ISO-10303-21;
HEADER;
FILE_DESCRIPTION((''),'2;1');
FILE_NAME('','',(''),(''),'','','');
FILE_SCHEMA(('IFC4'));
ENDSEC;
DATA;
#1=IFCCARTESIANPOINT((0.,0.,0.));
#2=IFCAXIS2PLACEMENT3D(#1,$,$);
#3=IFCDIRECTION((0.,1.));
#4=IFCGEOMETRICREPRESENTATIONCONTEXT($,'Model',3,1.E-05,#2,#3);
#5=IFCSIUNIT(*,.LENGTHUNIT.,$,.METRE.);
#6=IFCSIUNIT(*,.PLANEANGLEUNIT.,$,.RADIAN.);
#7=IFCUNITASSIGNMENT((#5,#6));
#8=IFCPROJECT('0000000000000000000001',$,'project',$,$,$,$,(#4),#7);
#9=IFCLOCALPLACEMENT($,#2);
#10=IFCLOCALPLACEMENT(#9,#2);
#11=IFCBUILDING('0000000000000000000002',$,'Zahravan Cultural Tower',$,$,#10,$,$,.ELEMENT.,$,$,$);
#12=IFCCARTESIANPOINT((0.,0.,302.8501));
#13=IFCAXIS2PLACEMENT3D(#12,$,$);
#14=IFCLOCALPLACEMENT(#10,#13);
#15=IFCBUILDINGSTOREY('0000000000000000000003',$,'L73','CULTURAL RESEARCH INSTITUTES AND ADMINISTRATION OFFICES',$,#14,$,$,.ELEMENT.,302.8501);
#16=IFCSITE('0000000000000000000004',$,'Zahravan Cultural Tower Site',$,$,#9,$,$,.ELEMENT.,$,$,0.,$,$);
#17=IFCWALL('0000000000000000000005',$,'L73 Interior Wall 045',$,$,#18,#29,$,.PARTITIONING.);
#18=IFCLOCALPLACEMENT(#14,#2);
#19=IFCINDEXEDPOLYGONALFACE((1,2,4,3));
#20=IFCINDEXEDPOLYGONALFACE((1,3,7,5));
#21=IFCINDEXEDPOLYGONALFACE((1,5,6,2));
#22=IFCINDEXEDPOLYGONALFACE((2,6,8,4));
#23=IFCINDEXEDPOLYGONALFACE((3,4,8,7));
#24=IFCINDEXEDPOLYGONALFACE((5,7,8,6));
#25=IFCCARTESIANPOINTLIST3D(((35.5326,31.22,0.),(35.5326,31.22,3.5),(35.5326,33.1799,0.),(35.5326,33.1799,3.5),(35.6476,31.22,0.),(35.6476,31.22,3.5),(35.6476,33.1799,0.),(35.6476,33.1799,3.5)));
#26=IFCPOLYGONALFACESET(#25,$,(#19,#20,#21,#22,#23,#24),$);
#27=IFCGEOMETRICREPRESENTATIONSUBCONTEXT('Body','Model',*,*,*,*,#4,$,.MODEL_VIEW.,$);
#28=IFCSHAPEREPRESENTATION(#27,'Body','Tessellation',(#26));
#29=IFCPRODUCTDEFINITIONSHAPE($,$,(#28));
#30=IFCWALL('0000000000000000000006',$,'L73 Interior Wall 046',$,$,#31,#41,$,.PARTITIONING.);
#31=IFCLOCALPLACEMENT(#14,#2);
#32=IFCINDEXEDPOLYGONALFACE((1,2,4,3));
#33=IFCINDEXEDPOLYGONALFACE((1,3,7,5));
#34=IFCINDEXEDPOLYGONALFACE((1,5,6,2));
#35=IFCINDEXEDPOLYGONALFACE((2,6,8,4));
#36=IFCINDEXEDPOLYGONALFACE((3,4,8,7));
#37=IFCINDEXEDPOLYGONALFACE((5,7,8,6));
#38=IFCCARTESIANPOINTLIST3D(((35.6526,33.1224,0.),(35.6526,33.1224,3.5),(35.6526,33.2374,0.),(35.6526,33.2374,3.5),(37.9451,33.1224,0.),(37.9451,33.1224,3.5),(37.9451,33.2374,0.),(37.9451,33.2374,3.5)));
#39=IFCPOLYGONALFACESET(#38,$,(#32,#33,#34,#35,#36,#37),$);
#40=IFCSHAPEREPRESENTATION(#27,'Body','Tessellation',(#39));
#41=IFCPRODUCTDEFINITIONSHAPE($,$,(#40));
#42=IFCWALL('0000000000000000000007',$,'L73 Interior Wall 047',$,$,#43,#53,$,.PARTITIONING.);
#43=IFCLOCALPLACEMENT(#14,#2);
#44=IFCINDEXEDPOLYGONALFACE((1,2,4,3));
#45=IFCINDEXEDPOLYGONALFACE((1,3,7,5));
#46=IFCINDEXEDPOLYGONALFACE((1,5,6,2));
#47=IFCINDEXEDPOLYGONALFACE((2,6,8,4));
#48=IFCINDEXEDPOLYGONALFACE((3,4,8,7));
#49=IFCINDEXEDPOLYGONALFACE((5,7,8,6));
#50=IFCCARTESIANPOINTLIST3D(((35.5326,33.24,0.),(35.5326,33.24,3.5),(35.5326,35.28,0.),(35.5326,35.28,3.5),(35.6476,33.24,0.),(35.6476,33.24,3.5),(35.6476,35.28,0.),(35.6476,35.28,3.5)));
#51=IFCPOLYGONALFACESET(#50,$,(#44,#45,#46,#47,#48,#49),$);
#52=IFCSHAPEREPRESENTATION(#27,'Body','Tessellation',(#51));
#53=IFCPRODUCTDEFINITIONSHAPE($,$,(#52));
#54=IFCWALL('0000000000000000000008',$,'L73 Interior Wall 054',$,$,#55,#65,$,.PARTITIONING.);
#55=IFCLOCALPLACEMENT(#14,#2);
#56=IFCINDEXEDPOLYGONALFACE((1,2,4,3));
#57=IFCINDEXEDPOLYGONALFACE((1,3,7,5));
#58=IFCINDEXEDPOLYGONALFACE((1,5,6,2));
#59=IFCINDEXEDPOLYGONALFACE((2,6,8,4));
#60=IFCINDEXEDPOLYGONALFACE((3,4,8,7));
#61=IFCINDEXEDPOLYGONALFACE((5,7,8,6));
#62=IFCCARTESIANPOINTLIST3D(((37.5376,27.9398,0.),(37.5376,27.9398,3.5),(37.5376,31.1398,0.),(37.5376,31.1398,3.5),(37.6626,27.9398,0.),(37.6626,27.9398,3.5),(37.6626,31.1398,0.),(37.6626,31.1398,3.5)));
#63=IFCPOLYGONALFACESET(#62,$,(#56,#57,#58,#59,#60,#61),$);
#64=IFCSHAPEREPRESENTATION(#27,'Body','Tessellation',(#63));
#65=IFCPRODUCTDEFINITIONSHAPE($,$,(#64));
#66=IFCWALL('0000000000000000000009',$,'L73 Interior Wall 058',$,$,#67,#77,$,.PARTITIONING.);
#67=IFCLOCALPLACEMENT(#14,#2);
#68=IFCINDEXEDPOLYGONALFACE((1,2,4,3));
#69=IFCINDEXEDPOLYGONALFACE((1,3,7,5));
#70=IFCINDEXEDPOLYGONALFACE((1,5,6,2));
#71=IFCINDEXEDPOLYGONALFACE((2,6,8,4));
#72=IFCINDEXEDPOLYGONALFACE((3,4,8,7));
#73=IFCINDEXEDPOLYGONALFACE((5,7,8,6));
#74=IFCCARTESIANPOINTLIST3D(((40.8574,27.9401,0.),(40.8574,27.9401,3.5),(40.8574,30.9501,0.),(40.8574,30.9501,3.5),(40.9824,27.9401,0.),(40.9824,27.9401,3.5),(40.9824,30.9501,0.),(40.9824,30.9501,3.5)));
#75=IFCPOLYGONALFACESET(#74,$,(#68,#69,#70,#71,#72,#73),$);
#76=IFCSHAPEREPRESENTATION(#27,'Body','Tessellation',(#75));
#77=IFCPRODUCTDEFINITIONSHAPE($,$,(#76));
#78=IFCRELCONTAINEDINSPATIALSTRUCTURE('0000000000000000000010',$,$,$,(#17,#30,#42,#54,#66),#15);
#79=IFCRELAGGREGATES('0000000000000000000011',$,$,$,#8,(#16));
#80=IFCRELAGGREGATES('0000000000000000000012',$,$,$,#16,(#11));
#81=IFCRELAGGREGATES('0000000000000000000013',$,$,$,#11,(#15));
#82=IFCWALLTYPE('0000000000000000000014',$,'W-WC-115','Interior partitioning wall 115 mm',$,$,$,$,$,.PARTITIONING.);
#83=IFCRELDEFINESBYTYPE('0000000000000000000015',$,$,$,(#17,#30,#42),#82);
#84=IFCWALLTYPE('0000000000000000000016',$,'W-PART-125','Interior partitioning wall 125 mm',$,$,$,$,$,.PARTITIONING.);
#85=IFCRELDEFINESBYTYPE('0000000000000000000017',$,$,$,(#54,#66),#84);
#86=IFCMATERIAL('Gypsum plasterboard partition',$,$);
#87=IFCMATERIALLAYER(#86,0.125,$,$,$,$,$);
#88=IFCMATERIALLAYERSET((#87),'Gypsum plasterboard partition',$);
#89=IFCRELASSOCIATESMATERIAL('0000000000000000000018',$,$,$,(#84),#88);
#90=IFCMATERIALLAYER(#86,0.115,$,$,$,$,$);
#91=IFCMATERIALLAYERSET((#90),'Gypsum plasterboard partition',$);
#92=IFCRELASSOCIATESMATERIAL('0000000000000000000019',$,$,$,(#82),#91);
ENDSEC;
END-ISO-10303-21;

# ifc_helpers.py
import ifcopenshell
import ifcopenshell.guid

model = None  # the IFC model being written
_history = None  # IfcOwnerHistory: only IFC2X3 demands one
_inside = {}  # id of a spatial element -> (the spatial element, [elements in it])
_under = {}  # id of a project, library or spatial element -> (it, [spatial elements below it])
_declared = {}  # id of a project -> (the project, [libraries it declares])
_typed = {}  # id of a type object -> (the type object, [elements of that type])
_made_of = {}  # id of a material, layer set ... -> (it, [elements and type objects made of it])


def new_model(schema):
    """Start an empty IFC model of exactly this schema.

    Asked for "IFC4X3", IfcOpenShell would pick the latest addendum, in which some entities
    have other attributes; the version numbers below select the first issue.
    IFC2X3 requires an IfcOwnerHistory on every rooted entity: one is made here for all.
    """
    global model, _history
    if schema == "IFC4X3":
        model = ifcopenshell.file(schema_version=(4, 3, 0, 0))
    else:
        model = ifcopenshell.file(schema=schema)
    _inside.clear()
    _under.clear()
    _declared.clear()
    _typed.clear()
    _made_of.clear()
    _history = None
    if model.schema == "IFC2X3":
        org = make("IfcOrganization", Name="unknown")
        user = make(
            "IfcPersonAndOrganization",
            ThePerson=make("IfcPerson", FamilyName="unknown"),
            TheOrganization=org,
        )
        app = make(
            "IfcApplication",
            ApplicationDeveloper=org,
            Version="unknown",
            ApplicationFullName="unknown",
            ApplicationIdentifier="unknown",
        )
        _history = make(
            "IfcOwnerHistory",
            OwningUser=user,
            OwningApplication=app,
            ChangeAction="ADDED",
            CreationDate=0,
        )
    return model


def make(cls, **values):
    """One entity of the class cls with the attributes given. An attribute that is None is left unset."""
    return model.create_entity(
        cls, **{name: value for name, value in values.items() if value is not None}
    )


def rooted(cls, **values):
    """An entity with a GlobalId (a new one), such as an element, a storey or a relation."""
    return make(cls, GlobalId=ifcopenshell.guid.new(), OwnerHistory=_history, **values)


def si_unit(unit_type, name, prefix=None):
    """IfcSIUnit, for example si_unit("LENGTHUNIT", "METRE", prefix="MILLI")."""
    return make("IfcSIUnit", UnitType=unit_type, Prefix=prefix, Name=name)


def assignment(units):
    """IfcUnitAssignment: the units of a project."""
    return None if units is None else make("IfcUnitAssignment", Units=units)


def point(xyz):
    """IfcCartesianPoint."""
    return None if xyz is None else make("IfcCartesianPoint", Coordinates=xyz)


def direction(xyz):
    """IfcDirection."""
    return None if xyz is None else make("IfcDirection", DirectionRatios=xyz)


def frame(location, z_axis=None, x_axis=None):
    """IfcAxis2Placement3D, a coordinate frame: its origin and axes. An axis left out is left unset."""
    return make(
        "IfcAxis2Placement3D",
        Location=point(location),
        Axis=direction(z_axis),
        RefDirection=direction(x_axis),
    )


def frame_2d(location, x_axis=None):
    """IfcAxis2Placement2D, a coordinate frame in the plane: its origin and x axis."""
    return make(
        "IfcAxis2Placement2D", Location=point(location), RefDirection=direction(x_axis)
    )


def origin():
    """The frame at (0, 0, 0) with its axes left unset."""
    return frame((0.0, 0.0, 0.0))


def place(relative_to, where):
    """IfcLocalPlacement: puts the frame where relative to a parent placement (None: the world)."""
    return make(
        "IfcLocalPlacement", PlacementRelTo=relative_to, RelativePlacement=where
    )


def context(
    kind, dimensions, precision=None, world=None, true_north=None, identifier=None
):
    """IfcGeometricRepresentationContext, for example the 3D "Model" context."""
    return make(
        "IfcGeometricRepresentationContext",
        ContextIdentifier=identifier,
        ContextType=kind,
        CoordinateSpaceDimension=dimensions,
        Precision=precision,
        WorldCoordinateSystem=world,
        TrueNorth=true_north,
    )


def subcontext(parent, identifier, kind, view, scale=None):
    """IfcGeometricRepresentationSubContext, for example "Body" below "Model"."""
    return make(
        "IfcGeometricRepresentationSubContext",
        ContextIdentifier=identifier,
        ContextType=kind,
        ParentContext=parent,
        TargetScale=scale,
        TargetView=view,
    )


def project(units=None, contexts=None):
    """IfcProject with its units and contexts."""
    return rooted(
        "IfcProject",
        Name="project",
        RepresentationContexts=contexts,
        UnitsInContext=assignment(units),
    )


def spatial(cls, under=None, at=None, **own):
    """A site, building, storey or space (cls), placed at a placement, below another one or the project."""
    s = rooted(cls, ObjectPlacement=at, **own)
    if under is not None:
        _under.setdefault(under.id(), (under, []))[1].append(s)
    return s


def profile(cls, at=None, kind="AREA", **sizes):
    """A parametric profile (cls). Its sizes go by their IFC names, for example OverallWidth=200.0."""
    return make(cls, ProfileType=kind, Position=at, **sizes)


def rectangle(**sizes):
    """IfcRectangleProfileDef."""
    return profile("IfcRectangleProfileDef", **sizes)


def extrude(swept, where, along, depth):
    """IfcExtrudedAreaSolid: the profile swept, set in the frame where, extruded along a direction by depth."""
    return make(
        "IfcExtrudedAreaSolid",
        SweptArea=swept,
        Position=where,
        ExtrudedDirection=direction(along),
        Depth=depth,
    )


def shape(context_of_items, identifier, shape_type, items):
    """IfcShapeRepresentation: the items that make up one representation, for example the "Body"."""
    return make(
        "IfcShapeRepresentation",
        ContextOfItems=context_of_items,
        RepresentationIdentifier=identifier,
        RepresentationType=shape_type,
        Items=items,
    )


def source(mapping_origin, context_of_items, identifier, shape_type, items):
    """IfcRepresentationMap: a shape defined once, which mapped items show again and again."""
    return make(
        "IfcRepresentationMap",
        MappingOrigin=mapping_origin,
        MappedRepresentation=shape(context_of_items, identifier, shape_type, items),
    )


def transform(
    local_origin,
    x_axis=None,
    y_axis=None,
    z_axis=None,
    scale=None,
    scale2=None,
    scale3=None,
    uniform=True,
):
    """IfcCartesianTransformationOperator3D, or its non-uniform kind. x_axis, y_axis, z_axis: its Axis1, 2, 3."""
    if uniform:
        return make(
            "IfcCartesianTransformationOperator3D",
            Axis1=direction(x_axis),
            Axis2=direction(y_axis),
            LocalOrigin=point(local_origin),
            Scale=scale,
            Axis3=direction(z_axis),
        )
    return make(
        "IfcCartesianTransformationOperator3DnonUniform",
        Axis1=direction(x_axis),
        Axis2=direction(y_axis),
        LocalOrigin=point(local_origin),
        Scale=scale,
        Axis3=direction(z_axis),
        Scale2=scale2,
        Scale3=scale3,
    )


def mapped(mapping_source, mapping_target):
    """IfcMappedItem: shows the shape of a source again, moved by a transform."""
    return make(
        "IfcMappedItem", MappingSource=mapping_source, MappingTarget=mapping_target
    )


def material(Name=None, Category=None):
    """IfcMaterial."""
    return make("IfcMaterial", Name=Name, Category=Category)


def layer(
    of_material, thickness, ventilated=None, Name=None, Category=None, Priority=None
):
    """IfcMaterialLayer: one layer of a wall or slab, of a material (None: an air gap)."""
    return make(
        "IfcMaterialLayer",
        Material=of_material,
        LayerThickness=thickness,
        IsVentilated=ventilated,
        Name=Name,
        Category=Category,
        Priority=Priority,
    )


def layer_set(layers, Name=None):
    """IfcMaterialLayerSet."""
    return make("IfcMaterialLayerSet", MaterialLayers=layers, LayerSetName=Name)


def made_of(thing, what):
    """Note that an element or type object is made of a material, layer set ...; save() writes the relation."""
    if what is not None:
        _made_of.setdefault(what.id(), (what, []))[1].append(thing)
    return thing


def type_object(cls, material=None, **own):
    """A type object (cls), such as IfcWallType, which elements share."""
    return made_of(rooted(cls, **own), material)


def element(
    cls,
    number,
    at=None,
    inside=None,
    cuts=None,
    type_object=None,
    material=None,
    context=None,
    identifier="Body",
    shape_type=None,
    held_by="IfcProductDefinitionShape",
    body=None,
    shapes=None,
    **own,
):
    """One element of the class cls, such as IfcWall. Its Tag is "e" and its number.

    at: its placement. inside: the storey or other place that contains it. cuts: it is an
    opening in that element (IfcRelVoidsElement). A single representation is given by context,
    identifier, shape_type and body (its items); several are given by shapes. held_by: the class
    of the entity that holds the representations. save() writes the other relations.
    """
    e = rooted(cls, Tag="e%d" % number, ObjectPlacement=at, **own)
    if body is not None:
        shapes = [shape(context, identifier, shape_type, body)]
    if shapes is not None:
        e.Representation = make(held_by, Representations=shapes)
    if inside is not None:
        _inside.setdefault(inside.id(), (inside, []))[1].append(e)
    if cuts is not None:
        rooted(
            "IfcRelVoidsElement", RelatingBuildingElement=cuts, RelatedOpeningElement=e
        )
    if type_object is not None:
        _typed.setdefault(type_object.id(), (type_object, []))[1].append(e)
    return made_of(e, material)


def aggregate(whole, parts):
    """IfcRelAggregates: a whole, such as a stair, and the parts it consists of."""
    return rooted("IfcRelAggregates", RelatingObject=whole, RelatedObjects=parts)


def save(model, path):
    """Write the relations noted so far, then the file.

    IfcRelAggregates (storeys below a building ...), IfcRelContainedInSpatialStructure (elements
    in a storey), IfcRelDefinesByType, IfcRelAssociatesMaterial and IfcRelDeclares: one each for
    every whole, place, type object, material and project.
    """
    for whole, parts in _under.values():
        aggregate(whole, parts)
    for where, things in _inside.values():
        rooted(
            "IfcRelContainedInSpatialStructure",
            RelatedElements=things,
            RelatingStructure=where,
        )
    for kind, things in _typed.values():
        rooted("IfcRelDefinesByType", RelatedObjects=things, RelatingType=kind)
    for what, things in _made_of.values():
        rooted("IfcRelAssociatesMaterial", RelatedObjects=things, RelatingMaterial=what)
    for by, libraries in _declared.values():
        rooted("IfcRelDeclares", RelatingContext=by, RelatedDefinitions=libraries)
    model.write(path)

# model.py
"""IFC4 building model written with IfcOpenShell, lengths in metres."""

from ifc_helpers import new_model, si_unit, direction, frame, frame_2d, origin, place, context, subcontext, project, spatial, rectangle, extrude, source, transform, mapped, material, layer, layer_set, type_object, element, save


model = new_model("IFC4")

# Units and contexts
model_context = context("Model", 3, precision=1e-05, world=origin(), true_north=direction((0.0, 1.0)))
body_context = subcontext(model_context, "Body", "Model", "MODEL_VIEW")
ifc_project = project(units=[si_unit("LENGTHUNIT", "METRE"), si_unit("PLANEANGLEUNIT", "RADIAN")], contexts=[model_context])

# Site, building, storey
site_placement = place(None, origin())
site = spatial("IfcSite", under=ifc_project, at=site_placement, Name="Zahravan Cultural Tower Site", CompositionType="ELEMENT", RefElevation=0.0)
building_placement = place(site_placement, origin())
building = spatial("IfcBuilding", under=site, at=building_placement, Name="Zahravan Cultural Tower", CompositionType="ELEMENT")
storey_placement = place(building_placement, frame((0.0, 0.0, 302.8501)))
storey = spatial("IfcBuildingStorey", under=building, at=storey_placement, Name="L73", Description="CULTURAL RESEARCH INSTITUTES AND ADMINISTRATION OFFICES", CompositionType="ELEMENT", Elevation=302.8501)

# Shared definitions
ifc_material_1 = material(Name="Gypsum plasterboard partition")
ifc_layer_1 = layer(ifc_material_1, 0.125)
ifc_layer_set_1 = layer_set([ifc_layer_1], Name="Gypsum plasterboard partition")
wall_type_1 = type_object("IfcWallType", Name="W-PART-125", Description="Interior partitioning wall 125 mm", PredefinedType="PARTITIONING", material=ifc_layer_set_1)
ifc_layer_2 = layer(ifc_material_1, 0.115)
ifc_layer_set_2 = layer_set([ifc_layer_2], Name="Gypsum plasterboard partition")
wall_type_2 = type_object("IfcWallType", Name="W-WC-115", Description="Interior partitioning wall 115 mm", PredefinedType="PARTITIONING", material=ifc_layer_set_2)

# Walls
shared_shape_1 = source(origin(), body_context, "Body", "SweptSolid", [
    extrude(rectangle(XDim=1.96, YDim=0.115, at=frame_2d((0.98, 0.0))), origin(), (0.0, 0.0, 1.0), 3.5),
])
wall_1_placement = place(storey_placement, frame((35.5901, 31.22, 0.0), z_axis=(0.0, 0.0, 1.0), x_axis=(0.0, 1.0, 0.0)))
element("IfcWall", 1, at=wall_1_placement, inside=storey, type_object=wall_type_2, Name="L73 Interior Wall 045", PredefinedType="PARTITIONING", context=body_context, shape_type="MappedRepresentation", body=[
    mapped(shared_shape_1, transform((0.0, 0.0, 0.0), x_axis=(1.0, 0.0, 0.0), y_axis=(0.0, 1.0, 0.0), z_axis=(0.0, 0.0, 1.0), scale=1.0)),
])
shared_shape_2 = source(origin(), body_context, "Body", "SweptSolid", [
    extrude(rectangle(XDim=2.2925, YDim=0.115, at=frame_2d((1.1462, 0.0))), origin(), (0.0, 0.0, 1.0), 3.5),
])
wall_2_placement = place(storey_placement, frame((35.6526, 33.1799, 0.0), z_axis=(0.0, 0.0, 1.0), x_axis=(1.0, 0.0, 0.0)))
element("IfcWall", 2, at=wall_2_placement, inside=storey, type_object=wall_type_2, Name="L73 Interior Wall 046", PredefinedType="PARTITIONING", context=body_context, shape_type="MappedRepresentation", body=[
    mapped(shared_shape_2, transform((0.0, 0.0, 0.0), x_axis=(1.0, 0.0, 0.0), y_axis=(0.0, 1.0, 0.0), z_axis=(0.0, 0.0, 1.0), scale=1.0)),
])
shared_shape_3 = source(origin(), body_context, "Body", "SweptSolid", [
    extrude(rectangle(XDim=2.04, YDim=0.115, at=frame_2d((1.02, 0.0))), origin(), (0.0, 0.0, 1.0), 3.5),
])
wall_3_placement = place(storey_placement, frame((35.5901, 33.24, 0.0), z_axis=(0.0, 0.0, 1.0), x_axis=(0.0, 1.0, 0.0)))
element("IfcWall", 3, at=wall_3_placement, inside=storey, type_object=wall_type_2, Name="L73 Interior Wall 047", PredefinedType="PARTITIONING", context=body_context, shape_type="MappedRepresentation", body=[
    mapped(shared_shape_3, transform((0.0, 0.0, 0.0), x_axis=(1.0, 0.0, 0.0), y_axis=(0.0, 1.0, 0.0), z_axis=(0.0, 0.0, 1.0), scale=1.0)),
])
shared_shape_4 = source(origin(), body_context, "Body", "SweptSolid", [
    extrude(rectangle(XDim=3.2, YDim=0.125, at=frame_2d((1.6001, 0.0))), origin(), (0.0, 0.0, 1.0), 3.5),
])
wall_4_placement = place(storey_placement, frame((37.6001, 31.1399, 0.0), z_axis=(0.0, 0.0, 1.0), x_axis=(0.0, -1.0, 0.0)))
element("IfcWall", 4, at=wall_4_placement, inside=storey, type_object=wall_type_1, Name="L73 Interior Wall 054", PredefinedType="PARTITIONING", context=body_context, shape_type="MappedRepresentation", body=[
    mapped(shared_shape_4, transform((0.0, 0.0, 0.0), x_axis=(1.0, 0.0, 0.0), y_axis=(0.0, 1.0, 0.0), z_axis=(0.0, 0.0, 1.0), scale=1.0)),
])
shared_shape_5 = source(origin(), body_context, "Body", "SweptSolid", [
    extrude(rectangle(XDim=3.01, YDim=0.125, at=frame_2d((1.5049, 0.0))), origin(), (0.0, 0.0, 1.0), 3.5),
])
wall_5_placement = place(storey_placement, frame((40.9199, 30.95, 0.0), z_axis=(0.0, 0.0, 1.0), x_axis=(0.0, -1.0, 0.0)))
element("IfcWall", 5, at=wall_5_placement, inside=storey, type_object=wall_type_1, Name="L73 Interior Wall 058", PredefinedType="PARTITIONING", context=body_context, shape_type="MappedRepresentation", body=[
    mapped(shared_shape_5, transform((0.0, 0.0, 0.0), x_axis=(1.0, 0.0, 0.0), y_axis=(0.0, 1.0, 0.0), z_axis=(0.0, 0.0, 1.0), scale=1.0)),
])

save(model, "model.ifc")
